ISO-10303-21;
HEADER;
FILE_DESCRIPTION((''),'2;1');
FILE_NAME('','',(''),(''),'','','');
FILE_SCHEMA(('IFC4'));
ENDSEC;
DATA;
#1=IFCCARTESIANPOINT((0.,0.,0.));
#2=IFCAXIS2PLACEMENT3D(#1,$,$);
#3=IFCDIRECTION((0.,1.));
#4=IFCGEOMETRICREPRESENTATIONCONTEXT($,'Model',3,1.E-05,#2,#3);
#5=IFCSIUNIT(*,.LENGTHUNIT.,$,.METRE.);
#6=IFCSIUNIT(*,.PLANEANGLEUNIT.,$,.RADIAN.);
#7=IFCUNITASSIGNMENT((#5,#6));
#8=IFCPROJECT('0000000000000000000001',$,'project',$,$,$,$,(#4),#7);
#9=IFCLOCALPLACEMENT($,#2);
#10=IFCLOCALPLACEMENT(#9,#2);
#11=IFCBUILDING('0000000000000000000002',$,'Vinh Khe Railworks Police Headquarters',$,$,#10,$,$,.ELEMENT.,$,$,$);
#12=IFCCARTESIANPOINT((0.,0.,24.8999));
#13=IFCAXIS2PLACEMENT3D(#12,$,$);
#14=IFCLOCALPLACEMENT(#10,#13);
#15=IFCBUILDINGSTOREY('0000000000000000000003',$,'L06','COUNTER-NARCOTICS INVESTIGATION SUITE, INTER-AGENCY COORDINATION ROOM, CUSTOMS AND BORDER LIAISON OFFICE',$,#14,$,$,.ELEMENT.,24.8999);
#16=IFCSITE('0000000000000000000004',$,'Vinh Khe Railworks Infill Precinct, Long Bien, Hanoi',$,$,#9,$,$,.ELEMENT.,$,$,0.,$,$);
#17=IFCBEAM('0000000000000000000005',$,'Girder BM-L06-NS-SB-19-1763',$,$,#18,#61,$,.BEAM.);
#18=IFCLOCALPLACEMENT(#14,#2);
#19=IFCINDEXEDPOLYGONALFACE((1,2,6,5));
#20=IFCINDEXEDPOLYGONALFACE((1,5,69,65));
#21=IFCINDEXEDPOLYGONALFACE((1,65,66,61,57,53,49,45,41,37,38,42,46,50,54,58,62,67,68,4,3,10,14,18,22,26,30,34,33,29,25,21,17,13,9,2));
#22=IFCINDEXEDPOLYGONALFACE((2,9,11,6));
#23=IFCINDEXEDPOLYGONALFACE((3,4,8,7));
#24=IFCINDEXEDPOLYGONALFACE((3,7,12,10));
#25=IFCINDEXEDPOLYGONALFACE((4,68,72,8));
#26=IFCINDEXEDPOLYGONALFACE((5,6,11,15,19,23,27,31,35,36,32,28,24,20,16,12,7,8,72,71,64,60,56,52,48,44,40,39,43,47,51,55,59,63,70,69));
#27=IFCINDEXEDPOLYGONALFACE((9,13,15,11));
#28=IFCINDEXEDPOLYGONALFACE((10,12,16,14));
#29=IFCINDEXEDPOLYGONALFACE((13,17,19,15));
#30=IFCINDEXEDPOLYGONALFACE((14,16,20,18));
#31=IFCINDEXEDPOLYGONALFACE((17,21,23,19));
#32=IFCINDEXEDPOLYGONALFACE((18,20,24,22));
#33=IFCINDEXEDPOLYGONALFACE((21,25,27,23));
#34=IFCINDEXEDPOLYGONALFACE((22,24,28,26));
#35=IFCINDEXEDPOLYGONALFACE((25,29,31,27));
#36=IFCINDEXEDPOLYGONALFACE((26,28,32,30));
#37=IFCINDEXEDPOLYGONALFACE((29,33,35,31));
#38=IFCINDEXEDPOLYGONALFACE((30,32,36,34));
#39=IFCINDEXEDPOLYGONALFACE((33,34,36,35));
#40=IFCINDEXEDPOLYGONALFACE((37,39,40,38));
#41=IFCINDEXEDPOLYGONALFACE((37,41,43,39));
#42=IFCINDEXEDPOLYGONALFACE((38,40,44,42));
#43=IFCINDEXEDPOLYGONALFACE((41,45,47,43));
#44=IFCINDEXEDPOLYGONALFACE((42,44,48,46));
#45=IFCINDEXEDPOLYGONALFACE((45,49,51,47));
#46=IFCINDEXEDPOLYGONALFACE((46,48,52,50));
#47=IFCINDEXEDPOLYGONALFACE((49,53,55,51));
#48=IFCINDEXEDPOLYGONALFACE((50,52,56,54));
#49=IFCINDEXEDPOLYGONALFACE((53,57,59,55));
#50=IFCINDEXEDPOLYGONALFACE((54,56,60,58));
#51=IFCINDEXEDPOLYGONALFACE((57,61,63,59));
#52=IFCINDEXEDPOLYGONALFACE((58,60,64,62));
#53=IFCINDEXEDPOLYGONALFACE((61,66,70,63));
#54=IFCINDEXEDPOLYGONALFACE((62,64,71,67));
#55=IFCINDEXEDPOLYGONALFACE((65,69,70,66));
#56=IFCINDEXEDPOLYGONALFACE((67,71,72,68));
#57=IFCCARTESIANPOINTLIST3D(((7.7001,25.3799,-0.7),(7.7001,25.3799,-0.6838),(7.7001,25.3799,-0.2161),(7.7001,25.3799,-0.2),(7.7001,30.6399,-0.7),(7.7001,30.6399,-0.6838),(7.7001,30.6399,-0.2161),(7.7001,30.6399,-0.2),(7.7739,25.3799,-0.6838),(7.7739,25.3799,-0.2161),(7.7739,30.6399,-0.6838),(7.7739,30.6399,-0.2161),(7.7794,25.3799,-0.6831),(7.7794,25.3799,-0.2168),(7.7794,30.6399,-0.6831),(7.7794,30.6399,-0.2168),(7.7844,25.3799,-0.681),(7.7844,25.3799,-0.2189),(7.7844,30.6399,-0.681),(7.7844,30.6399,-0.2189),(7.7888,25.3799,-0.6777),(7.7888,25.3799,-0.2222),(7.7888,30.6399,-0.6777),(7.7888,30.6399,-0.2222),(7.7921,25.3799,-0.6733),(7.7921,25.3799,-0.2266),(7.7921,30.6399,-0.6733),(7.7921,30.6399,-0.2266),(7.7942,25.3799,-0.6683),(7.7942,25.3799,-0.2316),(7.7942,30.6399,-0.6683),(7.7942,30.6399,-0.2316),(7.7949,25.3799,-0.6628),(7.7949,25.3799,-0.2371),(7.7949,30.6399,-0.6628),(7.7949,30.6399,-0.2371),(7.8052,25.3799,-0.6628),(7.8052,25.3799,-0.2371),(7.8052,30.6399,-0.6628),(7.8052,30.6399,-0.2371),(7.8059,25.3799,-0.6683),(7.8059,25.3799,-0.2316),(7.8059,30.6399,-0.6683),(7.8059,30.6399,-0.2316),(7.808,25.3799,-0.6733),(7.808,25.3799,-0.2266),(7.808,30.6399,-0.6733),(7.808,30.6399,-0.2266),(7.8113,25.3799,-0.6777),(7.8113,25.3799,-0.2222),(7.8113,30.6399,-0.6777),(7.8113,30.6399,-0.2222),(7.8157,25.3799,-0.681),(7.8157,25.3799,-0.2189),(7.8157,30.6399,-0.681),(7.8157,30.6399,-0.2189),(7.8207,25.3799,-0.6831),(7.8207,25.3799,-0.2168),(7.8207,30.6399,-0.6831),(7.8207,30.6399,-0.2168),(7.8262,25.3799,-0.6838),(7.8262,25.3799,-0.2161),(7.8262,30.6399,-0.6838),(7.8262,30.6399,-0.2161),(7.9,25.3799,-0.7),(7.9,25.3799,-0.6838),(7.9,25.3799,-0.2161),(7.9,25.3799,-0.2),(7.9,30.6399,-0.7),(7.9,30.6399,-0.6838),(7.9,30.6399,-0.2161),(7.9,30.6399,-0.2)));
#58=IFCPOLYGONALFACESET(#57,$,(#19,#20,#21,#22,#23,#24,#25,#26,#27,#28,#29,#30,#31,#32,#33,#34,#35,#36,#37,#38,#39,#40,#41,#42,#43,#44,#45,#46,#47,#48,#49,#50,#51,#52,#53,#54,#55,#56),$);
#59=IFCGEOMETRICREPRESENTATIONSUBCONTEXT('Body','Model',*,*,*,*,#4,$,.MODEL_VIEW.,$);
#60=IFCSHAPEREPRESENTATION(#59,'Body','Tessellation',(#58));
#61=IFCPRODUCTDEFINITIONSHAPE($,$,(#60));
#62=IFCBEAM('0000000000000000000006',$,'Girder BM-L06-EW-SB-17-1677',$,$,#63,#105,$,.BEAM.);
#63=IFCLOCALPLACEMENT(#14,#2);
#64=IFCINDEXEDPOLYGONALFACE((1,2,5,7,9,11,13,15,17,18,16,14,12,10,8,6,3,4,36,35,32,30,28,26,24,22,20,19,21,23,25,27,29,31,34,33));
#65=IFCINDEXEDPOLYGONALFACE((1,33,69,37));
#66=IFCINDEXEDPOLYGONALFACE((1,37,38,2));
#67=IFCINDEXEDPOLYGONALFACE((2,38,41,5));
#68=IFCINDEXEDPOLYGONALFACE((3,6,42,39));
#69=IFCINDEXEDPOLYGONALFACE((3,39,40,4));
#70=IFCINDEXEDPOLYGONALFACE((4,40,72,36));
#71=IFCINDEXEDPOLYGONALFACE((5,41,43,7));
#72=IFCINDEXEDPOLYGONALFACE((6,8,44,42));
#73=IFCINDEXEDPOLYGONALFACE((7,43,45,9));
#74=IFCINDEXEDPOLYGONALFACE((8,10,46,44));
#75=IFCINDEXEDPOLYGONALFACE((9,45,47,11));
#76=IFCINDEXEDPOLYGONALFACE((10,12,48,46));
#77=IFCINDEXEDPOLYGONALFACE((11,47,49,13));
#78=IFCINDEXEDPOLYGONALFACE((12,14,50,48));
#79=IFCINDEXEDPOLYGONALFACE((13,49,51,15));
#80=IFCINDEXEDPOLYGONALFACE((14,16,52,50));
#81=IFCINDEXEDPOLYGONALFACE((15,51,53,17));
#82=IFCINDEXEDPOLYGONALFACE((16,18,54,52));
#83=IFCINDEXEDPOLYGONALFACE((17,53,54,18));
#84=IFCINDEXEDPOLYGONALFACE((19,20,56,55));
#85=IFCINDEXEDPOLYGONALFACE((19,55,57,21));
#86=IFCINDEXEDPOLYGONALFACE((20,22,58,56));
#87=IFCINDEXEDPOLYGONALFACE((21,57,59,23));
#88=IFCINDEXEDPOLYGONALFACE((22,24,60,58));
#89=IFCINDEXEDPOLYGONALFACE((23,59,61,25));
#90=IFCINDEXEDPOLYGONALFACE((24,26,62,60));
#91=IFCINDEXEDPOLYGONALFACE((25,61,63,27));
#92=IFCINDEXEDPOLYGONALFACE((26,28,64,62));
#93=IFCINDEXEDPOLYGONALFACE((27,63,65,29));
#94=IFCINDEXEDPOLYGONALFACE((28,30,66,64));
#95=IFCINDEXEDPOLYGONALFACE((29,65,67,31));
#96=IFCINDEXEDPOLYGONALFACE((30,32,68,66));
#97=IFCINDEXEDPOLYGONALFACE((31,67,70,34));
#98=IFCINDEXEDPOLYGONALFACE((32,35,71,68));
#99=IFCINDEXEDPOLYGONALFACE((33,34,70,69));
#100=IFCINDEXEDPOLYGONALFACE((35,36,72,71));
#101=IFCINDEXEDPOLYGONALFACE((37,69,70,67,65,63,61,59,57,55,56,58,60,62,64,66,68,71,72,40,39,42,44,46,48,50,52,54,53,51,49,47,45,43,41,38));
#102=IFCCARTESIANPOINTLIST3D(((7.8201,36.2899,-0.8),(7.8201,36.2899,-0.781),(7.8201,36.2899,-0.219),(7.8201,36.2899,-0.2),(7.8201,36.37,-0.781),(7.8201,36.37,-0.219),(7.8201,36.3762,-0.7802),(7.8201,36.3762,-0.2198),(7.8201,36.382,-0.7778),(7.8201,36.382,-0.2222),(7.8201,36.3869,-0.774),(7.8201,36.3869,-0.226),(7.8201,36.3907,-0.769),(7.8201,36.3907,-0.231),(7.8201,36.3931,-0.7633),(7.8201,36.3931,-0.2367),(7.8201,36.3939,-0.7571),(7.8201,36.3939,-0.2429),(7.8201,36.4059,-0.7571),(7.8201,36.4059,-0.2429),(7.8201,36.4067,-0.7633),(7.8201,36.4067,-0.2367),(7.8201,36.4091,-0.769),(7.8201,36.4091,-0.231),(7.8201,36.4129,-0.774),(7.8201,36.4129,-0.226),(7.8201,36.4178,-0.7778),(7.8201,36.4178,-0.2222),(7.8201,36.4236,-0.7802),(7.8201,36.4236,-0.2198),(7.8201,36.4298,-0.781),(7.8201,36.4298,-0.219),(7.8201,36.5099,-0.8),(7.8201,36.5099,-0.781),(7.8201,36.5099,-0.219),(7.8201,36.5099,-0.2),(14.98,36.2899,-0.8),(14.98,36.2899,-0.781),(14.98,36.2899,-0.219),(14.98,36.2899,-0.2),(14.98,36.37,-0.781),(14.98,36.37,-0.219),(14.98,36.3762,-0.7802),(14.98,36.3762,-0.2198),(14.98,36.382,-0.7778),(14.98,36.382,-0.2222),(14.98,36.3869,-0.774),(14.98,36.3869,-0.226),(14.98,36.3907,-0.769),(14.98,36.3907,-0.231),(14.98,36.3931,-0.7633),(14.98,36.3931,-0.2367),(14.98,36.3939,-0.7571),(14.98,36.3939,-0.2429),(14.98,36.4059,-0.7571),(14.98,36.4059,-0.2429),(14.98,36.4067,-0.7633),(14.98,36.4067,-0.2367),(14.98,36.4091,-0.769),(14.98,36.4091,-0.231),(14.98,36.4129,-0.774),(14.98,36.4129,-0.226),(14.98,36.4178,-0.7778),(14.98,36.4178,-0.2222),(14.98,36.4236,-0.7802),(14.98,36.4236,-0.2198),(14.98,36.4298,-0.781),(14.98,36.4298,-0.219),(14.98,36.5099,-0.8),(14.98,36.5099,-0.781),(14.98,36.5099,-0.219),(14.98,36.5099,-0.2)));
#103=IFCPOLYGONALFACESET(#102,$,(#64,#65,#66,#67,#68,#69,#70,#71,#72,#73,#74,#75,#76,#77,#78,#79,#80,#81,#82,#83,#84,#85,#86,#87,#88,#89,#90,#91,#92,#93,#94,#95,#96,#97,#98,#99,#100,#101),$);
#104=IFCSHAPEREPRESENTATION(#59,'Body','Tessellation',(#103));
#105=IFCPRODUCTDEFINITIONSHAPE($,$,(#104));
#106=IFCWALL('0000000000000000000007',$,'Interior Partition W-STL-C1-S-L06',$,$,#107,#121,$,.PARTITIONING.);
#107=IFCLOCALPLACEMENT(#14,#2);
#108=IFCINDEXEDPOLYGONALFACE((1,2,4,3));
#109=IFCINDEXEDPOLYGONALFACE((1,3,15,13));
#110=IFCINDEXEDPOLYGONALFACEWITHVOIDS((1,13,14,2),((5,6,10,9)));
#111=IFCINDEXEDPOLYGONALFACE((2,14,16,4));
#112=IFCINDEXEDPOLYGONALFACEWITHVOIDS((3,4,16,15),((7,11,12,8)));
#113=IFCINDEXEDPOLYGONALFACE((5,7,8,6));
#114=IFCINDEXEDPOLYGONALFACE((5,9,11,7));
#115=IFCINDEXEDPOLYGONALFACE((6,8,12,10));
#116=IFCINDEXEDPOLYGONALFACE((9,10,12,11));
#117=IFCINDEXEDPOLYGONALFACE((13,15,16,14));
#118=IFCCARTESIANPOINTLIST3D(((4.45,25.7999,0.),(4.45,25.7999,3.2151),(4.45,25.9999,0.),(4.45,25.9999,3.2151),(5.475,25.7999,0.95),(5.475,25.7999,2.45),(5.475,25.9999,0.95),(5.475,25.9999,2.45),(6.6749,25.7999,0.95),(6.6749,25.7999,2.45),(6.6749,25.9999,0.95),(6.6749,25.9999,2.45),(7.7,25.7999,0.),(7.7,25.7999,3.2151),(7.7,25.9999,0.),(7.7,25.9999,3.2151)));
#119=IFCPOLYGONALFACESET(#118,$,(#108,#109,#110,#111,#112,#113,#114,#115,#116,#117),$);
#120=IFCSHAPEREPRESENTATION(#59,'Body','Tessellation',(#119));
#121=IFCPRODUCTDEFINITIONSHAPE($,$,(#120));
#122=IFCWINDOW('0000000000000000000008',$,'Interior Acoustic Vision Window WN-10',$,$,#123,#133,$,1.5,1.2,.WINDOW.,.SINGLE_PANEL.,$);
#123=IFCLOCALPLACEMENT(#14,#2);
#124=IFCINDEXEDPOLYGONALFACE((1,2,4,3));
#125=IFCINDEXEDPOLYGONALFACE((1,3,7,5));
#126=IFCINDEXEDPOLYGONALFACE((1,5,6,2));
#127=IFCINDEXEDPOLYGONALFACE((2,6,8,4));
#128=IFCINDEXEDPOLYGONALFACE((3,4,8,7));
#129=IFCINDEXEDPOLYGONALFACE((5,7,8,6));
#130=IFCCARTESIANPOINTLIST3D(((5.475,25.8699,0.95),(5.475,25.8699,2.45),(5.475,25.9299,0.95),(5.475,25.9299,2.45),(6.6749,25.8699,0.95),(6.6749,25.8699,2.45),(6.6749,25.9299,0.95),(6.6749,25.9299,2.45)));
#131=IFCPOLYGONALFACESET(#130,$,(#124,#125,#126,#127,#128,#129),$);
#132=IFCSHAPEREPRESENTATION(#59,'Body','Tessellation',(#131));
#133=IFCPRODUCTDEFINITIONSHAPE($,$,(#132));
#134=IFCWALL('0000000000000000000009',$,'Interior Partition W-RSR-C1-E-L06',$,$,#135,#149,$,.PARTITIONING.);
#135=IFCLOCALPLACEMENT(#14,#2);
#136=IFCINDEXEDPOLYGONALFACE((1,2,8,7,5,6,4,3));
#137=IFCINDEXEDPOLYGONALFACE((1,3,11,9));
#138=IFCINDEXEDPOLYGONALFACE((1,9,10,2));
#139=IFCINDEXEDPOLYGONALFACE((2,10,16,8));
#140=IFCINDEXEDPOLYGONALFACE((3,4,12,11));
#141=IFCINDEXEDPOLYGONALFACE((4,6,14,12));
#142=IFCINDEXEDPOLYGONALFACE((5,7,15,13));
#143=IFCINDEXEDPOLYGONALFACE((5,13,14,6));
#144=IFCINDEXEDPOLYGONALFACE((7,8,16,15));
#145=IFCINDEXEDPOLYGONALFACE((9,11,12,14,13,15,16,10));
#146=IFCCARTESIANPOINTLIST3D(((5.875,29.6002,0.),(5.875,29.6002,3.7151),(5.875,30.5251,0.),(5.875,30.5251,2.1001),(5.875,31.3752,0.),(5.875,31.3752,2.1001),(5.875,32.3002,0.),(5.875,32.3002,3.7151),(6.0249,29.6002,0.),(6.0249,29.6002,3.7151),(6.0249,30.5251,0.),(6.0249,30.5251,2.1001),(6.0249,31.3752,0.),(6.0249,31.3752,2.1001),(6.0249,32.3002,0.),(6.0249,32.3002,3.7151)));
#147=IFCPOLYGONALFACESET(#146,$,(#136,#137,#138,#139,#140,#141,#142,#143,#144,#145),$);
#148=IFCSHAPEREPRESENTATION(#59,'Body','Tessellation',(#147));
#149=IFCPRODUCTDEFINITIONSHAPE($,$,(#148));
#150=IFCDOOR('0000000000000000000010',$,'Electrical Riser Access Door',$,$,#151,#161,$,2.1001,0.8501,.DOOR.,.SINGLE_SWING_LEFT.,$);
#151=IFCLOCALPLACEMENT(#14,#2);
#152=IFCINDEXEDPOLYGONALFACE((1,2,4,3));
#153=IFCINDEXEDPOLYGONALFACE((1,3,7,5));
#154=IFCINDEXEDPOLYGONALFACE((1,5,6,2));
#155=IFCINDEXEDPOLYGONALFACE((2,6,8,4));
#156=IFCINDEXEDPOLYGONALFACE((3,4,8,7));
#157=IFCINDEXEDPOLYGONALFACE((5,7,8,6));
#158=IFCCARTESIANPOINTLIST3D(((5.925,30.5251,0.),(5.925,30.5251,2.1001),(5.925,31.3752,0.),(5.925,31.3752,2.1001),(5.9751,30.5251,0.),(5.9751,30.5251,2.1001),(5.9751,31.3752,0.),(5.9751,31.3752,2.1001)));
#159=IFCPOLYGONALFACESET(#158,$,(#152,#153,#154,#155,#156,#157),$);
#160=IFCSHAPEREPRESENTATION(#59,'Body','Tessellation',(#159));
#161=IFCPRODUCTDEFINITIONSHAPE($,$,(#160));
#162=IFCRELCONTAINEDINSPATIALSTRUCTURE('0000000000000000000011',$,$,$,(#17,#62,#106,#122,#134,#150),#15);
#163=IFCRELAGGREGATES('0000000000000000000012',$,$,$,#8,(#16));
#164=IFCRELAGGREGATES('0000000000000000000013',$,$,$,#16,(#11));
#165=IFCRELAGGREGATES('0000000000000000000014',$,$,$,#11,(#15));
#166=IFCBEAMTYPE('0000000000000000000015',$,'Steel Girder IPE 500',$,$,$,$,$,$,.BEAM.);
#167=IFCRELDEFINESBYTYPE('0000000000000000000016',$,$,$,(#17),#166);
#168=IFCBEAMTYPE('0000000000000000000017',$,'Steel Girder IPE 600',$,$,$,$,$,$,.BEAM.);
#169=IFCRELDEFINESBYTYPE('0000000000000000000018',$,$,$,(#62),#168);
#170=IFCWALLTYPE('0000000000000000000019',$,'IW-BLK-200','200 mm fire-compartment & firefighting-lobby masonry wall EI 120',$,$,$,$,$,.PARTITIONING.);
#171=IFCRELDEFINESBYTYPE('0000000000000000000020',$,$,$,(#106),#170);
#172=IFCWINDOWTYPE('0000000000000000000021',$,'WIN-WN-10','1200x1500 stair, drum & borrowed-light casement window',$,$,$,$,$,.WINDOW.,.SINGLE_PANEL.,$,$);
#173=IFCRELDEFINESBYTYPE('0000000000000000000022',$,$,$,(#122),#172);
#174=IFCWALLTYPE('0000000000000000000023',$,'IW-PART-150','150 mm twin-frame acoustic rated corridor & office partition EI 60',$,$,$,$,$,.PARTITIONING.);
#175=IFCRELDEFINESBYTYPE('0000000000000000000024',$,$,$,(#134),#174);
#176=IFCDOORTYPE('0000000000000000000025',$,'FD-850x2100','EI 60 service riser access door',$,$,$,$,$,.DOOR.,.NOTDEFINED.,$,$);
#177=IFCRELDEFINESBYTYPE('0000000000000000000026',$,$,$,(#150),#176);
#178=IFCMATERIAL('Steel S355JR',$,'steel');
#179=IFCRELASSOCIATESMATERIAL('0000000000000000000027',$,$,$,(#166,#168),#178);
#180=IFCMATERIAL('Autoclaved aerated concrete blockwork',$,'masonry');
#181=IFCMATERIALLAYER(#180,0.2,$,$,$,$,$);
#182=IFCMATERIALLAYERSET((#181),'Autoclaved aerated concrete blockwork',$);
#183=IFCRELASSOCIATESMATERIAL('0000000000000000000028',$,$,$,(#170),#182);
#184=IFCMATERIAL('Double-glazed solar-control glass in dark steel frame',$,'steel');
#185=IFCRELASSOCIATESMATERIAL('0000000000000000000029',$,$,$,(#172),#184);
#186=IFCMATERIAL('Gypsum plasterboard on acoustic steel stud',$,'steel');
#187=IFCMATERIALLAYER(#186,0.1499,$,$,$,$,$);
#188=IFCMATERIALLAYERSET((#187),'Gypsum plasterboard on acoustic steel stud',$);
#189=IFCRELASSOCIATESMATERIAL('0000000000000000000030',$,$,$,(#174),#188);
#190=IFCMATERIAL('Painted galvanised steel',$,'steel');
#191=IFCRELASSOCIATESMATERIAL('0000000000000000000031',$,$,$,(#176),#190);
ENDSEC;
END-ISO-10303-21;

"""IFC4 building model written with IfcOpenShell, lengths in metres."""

from ifc_helpers import new_model, si_unit, direction, frame, frame_2d, origin, origin_2d, place, context, subcontext, project, spatial, rectangle, i_section, extrude, material, layer, layer_set, material_profile, profile_set, type_object, element, fill, save


model = new_model("IFC4")

# Units and contexts
model_context = context("Model", 3, precision=1e-05, world=origin(), true_north=direction((0.0, 1.0)))
body_context = subcontext(model_context, "Body", "Model", "MODEL_VIEW")
ifc_project = project(units=[si_unit("LENGTHUNIT", "METRE"), si_unit("PLANEANGLEUNIT", "RADIAN")], contexts=[model_context])

# Site, building, storey
site_placement = place(None, origin())
site = spatial("IfcSite", under=ifc_project, at=site_placement, Name="Vinh Khe Railworks Infill Precinct, Long Bien, Hanoi", CompositionType="ELEMENT", RefElevation=0.0)
building_placement = place(site_placement, origin())
building = spatial("IfcBuilding", under=site, at=building_placement, Name="Vinh Khe Railworks Police Headquarters", CompositionType="ELEMENT")
storey_placement = place(building_placement, frame((0.0, 0.0, 24.8999)))
storey = spatial("IfcBuildingStorey", under=building, at=storey_placement, Name="L06", Description="COUNTER-NARCOTICS INVESTIGATION SUITE, INTER-AGENCY COORDINATION ROOM, CUSTOMS AND BORDER LIAISON OFFICE", CompositionType="ELEMENT", Elevation=24.8999)

# Shared definitions
ifc_material_1 = material(Name="Steel S355JR", Category="steel")

# Beams
ifc_material_profile_1 = material_profile(ifc_material_1, i_section(OverallWidth=0.2, OverallDepth=0.5, WebThickness=0.0103, FlangeThickness=0.0161, FilletRadius=0.021, at=origin_2d()), Name="IPE 500")
ifc_profile_set_1 = profile_set([ifc_material_profile_1], Name="Steel S355JR")
beam_type_1 = type_object("IfcBeamType", Name="Steel Girder IPE 500", PredefinedType="BEAM", material=ifc_profile_set_1)
beam_1_placement = place(storey_placement, frame((7.8, 25.3799, -0.45), z_axis=(0.0, 1.0, 0.0), x_axis=(-1.0, 0.0, 0.0)))
element("IfcBeam", 1, at=beam_1_placement, inside=storey, type_object=beam_type_1, Name="Girder BM-L06-NS-SB-19-1763", PredefinedType="BEAM", context=body_context, shape_type="SweptSolid", body=[
    extrude(i_section(OverallWidth=0.2, OverallDepth=0.5, WebThickness=0.0103, FlangeThickness=0.0161, FilletRadius=0.021, at=origin_2d()), origin(), (0.0, 0.0, 1.0), 5.26),
])
ifc_material_profile_2 = material_profile(ifc_material_1, i_section(OverallWidth=0.22, OverallDepth=0.6001, WebThickness=0.012, FlangeThickness=0.019, FilletRadius=0.0239, at=origin_2d()), Name="IPE 600")
ifc_profile_set_2 = profile_set([ifc_material_profile_2], Name="Steel S355JR")
beam_type_2 = type_object("IfcBeamType", Name="Steel Girder IPE 600", PredefinedType="BEAM", material=ifc_profile_set_2)
beam_2_placement = place(storey_placement, frame((7.8201, 36.3999, -0.5), z_axis=(1.0, 0.0, 0.0), x_axis=(0.0, 1.0, 0.0)))
element("IfcBeam", 2, at=beam_2_placement, inside=storey, type_object=beam_type_2, Name="Girder BM-L06-EW-SB-17-1677", PredefinedType="BEAM", context=body_context, shape_type="SweptSolid", body=[
    extrude(i_section(OverallWidth=0.22, OverallDepth=0.6001, WebThickness=0.012, FlangeThickness=0.019, FilletRadius=0.0239, at=origin_2d()), origin(), (0.0, 0.0, 1.0), 7.1599),
])

# Shared definitions
ifc_material_2 = material(Name="Painted galvanised steel", Category="steel")
ifc_material_3 = material(Name="Autoclaved aerated concrete blockwork", Category="masonry")
ifc_layer_1 = layer(ifc_material_3, 0.2)
ifc_layer_set_1 = layer_set([ifc_layer_1], Name="Autoclaved aerated concrete blockwork")
wall_type_1 = type_object("IfcWallType", Name="IW-BLK-200", Description="200 mm fire-compartment & firefighting-lobby masonry wall EI 120", PredefinedType="PARTITIONING", material=ifc_layer_set_1)

# Wall, opening, window
wall_1_placement = place(storey_placement, frame((4.45, 25.8999, 0.0), z_axis=(0.0, 0.0, 1.0), x_axis=(1.0, 0.0, 0.0)))
wall_1 = element("IfcWall", 3, at=wall_1_placement, inside=storey, type_object=wall_type_1, Name="Interior Partition W-STL-C1-S-L06", PredefinedType="PARTITIONING", context=body_context, shape_type="SweptSolid", body=[
    extrude(rectangle(XDim=3.25, YDim=0.2, at=frame_2d((1.625, 0.0))), origin(), (0.0, 0.0, 1.0), 3.2151),
])
opening_1_placement = place(wall_1_placement, frame((1.0249, 0.0, 0.95)))
opening_1 = element("IfcOpeningElement", 4, at=opening_1_placement, cuts=wall_1, PredefinedType="OPENING", context=body_context, shape_type="SweptSolid", body=[
    extrude(rectangle(XDim=1.2, YDim=1.5, at=frame_2d((0.6001, 0.75))), frame((0.0, 0.1147, 0.0), z_axis=(0.0, -1.0, 0.0), x_axis=(1.0, 0.0, 0.0)), (0.0, 0.0, 1.0), 0.2297),
])
ifc_material_4 = material(Name="Double-glazed solar-control glass in dark steel frame", Category="steel")
window_type = type_object("IfcWindowType", Name="WIN-WN-10", Description="1200x1500 stair, drum & borrowed-light casement window", PartitioningType="SINGLE_PANEL", PredefinedType="WINDOW", material=ifc_material_4)
window_placement = place(opening_1_placement, origin())
window = element("IfcWindow", 5, at=window_placement, inside=storey, type_object=window_type, Name="Interior Acoustic Vision Window WN-10", OverallHeight=1.5, OverallWidth=1.2, PartitioningType="SINGLE_PANEL", PredefinedType="WINDOW", context=body_context, shape_type="SweptSolid", body=[
    extrude(rectangle(XDim=1.2, YDim=1.5, at=frame_2d((0.6001, 0.75))), frame((0.0, 0.03, 0.0), z_axis=(0.0, -1.0, 0.0), x_axis=(1.0, 0.0, 0.0)), (0.0, 0.0, 1.0), 0.0601),
])
fill(opening_1, window)

# Wall, opening, door
ifc_material_5 = material(Name="Gypsum plasterboard on acoustic steel stud", Category="steel")
ifc_layer_2 = layer(ifc_material_5, 0.1499)
ifc_layer_set_2 = layer_set([ifc_layer_2], Name="Gypsum plasterboard on acoustic steel stud")
wall_type_2 = type_object("IfcWallType", Name="IW-PART-150", Description="150 mm twin-frame acoustic rated corridor & office partition EI 60", PredefinedType="PARTITIONING", material=ifc_layer_set_2)
wall_2_placement = place(storey_placement, frame((5.95, 29.6001, 0.0), z_axis=(0.0, 0.0, 1.0), x_axis=(0.0, 1.0, 0.0)))
wall_2 = element("IfcWall", 6, at=wall_2_placement, inside=storey, type_object=wall_type_2, Name="Interior Partition W-RSR-C1-E-L06", PredefinedType="PARTITIONING", context=body_context, shape_type="SweptSolid", body=[
    extrude(rectangle(XDim=2.7, YDim=0.1499, at=frame_2d((1.3501, 0.0))), origin(), (0.0, 0.0, 1.0), 3.7151),
])
opening_2_placement = place(wall_2_placement, frame((0.925, 0.0, 0.0)))
opening_2 = element("IfcOpeningElement", 7, at=opening_2_placement, cuts=wall_2, PredefinedType="OPENING", context=body_context, shape_type="SweptSolid", body=[
    extrude(rectangle(XDim=0.8501, YDim=2.1001, at=frame_2d((0.425, 1.05))), frame((0.0, 0.0898, 0.0), z_axis=(0.0, -1.0, 0.0), x_axis=(1.0, 0.0, 0.0)), (0.0, 0.0, 1.0), 0.1797),
])
door_type_1 = type_object("IfcDoorType", Name="FD-850x2100", Description="EI 60 service riser access door", OperationType="NOTDEFINED", PredefinedType="DOOR", material=ifc_material_2)
door_1_placement = place(opening_2_placement, origin())
door_1 = element("IfcDoor", 8, at=door_1_placement, inside=storey, type_object=door_type_1, Name="Electrical Riser Access Door", OperationType="SINGLE_SWING_LEFT", OverallHeight=2.1001, OverallWidth=0.8501, PredefinedType="DOOR", context=body_context, shape_type="SweptSolid", body=[
    extrude(rectangle(XDim=0.8501, YDim=2.1001, at=frame_2d((0.425, 1.05))), frame((0.0, 0.0249, 0.0), z_axis=(0.0, -1.0, 0.0), x_axis=(1.0, 0.0, 0.0)), (0.0, 0.0, 1.0), 0.05),
])
fill(opening_2, door_1)

save(model, "model.ifc")
